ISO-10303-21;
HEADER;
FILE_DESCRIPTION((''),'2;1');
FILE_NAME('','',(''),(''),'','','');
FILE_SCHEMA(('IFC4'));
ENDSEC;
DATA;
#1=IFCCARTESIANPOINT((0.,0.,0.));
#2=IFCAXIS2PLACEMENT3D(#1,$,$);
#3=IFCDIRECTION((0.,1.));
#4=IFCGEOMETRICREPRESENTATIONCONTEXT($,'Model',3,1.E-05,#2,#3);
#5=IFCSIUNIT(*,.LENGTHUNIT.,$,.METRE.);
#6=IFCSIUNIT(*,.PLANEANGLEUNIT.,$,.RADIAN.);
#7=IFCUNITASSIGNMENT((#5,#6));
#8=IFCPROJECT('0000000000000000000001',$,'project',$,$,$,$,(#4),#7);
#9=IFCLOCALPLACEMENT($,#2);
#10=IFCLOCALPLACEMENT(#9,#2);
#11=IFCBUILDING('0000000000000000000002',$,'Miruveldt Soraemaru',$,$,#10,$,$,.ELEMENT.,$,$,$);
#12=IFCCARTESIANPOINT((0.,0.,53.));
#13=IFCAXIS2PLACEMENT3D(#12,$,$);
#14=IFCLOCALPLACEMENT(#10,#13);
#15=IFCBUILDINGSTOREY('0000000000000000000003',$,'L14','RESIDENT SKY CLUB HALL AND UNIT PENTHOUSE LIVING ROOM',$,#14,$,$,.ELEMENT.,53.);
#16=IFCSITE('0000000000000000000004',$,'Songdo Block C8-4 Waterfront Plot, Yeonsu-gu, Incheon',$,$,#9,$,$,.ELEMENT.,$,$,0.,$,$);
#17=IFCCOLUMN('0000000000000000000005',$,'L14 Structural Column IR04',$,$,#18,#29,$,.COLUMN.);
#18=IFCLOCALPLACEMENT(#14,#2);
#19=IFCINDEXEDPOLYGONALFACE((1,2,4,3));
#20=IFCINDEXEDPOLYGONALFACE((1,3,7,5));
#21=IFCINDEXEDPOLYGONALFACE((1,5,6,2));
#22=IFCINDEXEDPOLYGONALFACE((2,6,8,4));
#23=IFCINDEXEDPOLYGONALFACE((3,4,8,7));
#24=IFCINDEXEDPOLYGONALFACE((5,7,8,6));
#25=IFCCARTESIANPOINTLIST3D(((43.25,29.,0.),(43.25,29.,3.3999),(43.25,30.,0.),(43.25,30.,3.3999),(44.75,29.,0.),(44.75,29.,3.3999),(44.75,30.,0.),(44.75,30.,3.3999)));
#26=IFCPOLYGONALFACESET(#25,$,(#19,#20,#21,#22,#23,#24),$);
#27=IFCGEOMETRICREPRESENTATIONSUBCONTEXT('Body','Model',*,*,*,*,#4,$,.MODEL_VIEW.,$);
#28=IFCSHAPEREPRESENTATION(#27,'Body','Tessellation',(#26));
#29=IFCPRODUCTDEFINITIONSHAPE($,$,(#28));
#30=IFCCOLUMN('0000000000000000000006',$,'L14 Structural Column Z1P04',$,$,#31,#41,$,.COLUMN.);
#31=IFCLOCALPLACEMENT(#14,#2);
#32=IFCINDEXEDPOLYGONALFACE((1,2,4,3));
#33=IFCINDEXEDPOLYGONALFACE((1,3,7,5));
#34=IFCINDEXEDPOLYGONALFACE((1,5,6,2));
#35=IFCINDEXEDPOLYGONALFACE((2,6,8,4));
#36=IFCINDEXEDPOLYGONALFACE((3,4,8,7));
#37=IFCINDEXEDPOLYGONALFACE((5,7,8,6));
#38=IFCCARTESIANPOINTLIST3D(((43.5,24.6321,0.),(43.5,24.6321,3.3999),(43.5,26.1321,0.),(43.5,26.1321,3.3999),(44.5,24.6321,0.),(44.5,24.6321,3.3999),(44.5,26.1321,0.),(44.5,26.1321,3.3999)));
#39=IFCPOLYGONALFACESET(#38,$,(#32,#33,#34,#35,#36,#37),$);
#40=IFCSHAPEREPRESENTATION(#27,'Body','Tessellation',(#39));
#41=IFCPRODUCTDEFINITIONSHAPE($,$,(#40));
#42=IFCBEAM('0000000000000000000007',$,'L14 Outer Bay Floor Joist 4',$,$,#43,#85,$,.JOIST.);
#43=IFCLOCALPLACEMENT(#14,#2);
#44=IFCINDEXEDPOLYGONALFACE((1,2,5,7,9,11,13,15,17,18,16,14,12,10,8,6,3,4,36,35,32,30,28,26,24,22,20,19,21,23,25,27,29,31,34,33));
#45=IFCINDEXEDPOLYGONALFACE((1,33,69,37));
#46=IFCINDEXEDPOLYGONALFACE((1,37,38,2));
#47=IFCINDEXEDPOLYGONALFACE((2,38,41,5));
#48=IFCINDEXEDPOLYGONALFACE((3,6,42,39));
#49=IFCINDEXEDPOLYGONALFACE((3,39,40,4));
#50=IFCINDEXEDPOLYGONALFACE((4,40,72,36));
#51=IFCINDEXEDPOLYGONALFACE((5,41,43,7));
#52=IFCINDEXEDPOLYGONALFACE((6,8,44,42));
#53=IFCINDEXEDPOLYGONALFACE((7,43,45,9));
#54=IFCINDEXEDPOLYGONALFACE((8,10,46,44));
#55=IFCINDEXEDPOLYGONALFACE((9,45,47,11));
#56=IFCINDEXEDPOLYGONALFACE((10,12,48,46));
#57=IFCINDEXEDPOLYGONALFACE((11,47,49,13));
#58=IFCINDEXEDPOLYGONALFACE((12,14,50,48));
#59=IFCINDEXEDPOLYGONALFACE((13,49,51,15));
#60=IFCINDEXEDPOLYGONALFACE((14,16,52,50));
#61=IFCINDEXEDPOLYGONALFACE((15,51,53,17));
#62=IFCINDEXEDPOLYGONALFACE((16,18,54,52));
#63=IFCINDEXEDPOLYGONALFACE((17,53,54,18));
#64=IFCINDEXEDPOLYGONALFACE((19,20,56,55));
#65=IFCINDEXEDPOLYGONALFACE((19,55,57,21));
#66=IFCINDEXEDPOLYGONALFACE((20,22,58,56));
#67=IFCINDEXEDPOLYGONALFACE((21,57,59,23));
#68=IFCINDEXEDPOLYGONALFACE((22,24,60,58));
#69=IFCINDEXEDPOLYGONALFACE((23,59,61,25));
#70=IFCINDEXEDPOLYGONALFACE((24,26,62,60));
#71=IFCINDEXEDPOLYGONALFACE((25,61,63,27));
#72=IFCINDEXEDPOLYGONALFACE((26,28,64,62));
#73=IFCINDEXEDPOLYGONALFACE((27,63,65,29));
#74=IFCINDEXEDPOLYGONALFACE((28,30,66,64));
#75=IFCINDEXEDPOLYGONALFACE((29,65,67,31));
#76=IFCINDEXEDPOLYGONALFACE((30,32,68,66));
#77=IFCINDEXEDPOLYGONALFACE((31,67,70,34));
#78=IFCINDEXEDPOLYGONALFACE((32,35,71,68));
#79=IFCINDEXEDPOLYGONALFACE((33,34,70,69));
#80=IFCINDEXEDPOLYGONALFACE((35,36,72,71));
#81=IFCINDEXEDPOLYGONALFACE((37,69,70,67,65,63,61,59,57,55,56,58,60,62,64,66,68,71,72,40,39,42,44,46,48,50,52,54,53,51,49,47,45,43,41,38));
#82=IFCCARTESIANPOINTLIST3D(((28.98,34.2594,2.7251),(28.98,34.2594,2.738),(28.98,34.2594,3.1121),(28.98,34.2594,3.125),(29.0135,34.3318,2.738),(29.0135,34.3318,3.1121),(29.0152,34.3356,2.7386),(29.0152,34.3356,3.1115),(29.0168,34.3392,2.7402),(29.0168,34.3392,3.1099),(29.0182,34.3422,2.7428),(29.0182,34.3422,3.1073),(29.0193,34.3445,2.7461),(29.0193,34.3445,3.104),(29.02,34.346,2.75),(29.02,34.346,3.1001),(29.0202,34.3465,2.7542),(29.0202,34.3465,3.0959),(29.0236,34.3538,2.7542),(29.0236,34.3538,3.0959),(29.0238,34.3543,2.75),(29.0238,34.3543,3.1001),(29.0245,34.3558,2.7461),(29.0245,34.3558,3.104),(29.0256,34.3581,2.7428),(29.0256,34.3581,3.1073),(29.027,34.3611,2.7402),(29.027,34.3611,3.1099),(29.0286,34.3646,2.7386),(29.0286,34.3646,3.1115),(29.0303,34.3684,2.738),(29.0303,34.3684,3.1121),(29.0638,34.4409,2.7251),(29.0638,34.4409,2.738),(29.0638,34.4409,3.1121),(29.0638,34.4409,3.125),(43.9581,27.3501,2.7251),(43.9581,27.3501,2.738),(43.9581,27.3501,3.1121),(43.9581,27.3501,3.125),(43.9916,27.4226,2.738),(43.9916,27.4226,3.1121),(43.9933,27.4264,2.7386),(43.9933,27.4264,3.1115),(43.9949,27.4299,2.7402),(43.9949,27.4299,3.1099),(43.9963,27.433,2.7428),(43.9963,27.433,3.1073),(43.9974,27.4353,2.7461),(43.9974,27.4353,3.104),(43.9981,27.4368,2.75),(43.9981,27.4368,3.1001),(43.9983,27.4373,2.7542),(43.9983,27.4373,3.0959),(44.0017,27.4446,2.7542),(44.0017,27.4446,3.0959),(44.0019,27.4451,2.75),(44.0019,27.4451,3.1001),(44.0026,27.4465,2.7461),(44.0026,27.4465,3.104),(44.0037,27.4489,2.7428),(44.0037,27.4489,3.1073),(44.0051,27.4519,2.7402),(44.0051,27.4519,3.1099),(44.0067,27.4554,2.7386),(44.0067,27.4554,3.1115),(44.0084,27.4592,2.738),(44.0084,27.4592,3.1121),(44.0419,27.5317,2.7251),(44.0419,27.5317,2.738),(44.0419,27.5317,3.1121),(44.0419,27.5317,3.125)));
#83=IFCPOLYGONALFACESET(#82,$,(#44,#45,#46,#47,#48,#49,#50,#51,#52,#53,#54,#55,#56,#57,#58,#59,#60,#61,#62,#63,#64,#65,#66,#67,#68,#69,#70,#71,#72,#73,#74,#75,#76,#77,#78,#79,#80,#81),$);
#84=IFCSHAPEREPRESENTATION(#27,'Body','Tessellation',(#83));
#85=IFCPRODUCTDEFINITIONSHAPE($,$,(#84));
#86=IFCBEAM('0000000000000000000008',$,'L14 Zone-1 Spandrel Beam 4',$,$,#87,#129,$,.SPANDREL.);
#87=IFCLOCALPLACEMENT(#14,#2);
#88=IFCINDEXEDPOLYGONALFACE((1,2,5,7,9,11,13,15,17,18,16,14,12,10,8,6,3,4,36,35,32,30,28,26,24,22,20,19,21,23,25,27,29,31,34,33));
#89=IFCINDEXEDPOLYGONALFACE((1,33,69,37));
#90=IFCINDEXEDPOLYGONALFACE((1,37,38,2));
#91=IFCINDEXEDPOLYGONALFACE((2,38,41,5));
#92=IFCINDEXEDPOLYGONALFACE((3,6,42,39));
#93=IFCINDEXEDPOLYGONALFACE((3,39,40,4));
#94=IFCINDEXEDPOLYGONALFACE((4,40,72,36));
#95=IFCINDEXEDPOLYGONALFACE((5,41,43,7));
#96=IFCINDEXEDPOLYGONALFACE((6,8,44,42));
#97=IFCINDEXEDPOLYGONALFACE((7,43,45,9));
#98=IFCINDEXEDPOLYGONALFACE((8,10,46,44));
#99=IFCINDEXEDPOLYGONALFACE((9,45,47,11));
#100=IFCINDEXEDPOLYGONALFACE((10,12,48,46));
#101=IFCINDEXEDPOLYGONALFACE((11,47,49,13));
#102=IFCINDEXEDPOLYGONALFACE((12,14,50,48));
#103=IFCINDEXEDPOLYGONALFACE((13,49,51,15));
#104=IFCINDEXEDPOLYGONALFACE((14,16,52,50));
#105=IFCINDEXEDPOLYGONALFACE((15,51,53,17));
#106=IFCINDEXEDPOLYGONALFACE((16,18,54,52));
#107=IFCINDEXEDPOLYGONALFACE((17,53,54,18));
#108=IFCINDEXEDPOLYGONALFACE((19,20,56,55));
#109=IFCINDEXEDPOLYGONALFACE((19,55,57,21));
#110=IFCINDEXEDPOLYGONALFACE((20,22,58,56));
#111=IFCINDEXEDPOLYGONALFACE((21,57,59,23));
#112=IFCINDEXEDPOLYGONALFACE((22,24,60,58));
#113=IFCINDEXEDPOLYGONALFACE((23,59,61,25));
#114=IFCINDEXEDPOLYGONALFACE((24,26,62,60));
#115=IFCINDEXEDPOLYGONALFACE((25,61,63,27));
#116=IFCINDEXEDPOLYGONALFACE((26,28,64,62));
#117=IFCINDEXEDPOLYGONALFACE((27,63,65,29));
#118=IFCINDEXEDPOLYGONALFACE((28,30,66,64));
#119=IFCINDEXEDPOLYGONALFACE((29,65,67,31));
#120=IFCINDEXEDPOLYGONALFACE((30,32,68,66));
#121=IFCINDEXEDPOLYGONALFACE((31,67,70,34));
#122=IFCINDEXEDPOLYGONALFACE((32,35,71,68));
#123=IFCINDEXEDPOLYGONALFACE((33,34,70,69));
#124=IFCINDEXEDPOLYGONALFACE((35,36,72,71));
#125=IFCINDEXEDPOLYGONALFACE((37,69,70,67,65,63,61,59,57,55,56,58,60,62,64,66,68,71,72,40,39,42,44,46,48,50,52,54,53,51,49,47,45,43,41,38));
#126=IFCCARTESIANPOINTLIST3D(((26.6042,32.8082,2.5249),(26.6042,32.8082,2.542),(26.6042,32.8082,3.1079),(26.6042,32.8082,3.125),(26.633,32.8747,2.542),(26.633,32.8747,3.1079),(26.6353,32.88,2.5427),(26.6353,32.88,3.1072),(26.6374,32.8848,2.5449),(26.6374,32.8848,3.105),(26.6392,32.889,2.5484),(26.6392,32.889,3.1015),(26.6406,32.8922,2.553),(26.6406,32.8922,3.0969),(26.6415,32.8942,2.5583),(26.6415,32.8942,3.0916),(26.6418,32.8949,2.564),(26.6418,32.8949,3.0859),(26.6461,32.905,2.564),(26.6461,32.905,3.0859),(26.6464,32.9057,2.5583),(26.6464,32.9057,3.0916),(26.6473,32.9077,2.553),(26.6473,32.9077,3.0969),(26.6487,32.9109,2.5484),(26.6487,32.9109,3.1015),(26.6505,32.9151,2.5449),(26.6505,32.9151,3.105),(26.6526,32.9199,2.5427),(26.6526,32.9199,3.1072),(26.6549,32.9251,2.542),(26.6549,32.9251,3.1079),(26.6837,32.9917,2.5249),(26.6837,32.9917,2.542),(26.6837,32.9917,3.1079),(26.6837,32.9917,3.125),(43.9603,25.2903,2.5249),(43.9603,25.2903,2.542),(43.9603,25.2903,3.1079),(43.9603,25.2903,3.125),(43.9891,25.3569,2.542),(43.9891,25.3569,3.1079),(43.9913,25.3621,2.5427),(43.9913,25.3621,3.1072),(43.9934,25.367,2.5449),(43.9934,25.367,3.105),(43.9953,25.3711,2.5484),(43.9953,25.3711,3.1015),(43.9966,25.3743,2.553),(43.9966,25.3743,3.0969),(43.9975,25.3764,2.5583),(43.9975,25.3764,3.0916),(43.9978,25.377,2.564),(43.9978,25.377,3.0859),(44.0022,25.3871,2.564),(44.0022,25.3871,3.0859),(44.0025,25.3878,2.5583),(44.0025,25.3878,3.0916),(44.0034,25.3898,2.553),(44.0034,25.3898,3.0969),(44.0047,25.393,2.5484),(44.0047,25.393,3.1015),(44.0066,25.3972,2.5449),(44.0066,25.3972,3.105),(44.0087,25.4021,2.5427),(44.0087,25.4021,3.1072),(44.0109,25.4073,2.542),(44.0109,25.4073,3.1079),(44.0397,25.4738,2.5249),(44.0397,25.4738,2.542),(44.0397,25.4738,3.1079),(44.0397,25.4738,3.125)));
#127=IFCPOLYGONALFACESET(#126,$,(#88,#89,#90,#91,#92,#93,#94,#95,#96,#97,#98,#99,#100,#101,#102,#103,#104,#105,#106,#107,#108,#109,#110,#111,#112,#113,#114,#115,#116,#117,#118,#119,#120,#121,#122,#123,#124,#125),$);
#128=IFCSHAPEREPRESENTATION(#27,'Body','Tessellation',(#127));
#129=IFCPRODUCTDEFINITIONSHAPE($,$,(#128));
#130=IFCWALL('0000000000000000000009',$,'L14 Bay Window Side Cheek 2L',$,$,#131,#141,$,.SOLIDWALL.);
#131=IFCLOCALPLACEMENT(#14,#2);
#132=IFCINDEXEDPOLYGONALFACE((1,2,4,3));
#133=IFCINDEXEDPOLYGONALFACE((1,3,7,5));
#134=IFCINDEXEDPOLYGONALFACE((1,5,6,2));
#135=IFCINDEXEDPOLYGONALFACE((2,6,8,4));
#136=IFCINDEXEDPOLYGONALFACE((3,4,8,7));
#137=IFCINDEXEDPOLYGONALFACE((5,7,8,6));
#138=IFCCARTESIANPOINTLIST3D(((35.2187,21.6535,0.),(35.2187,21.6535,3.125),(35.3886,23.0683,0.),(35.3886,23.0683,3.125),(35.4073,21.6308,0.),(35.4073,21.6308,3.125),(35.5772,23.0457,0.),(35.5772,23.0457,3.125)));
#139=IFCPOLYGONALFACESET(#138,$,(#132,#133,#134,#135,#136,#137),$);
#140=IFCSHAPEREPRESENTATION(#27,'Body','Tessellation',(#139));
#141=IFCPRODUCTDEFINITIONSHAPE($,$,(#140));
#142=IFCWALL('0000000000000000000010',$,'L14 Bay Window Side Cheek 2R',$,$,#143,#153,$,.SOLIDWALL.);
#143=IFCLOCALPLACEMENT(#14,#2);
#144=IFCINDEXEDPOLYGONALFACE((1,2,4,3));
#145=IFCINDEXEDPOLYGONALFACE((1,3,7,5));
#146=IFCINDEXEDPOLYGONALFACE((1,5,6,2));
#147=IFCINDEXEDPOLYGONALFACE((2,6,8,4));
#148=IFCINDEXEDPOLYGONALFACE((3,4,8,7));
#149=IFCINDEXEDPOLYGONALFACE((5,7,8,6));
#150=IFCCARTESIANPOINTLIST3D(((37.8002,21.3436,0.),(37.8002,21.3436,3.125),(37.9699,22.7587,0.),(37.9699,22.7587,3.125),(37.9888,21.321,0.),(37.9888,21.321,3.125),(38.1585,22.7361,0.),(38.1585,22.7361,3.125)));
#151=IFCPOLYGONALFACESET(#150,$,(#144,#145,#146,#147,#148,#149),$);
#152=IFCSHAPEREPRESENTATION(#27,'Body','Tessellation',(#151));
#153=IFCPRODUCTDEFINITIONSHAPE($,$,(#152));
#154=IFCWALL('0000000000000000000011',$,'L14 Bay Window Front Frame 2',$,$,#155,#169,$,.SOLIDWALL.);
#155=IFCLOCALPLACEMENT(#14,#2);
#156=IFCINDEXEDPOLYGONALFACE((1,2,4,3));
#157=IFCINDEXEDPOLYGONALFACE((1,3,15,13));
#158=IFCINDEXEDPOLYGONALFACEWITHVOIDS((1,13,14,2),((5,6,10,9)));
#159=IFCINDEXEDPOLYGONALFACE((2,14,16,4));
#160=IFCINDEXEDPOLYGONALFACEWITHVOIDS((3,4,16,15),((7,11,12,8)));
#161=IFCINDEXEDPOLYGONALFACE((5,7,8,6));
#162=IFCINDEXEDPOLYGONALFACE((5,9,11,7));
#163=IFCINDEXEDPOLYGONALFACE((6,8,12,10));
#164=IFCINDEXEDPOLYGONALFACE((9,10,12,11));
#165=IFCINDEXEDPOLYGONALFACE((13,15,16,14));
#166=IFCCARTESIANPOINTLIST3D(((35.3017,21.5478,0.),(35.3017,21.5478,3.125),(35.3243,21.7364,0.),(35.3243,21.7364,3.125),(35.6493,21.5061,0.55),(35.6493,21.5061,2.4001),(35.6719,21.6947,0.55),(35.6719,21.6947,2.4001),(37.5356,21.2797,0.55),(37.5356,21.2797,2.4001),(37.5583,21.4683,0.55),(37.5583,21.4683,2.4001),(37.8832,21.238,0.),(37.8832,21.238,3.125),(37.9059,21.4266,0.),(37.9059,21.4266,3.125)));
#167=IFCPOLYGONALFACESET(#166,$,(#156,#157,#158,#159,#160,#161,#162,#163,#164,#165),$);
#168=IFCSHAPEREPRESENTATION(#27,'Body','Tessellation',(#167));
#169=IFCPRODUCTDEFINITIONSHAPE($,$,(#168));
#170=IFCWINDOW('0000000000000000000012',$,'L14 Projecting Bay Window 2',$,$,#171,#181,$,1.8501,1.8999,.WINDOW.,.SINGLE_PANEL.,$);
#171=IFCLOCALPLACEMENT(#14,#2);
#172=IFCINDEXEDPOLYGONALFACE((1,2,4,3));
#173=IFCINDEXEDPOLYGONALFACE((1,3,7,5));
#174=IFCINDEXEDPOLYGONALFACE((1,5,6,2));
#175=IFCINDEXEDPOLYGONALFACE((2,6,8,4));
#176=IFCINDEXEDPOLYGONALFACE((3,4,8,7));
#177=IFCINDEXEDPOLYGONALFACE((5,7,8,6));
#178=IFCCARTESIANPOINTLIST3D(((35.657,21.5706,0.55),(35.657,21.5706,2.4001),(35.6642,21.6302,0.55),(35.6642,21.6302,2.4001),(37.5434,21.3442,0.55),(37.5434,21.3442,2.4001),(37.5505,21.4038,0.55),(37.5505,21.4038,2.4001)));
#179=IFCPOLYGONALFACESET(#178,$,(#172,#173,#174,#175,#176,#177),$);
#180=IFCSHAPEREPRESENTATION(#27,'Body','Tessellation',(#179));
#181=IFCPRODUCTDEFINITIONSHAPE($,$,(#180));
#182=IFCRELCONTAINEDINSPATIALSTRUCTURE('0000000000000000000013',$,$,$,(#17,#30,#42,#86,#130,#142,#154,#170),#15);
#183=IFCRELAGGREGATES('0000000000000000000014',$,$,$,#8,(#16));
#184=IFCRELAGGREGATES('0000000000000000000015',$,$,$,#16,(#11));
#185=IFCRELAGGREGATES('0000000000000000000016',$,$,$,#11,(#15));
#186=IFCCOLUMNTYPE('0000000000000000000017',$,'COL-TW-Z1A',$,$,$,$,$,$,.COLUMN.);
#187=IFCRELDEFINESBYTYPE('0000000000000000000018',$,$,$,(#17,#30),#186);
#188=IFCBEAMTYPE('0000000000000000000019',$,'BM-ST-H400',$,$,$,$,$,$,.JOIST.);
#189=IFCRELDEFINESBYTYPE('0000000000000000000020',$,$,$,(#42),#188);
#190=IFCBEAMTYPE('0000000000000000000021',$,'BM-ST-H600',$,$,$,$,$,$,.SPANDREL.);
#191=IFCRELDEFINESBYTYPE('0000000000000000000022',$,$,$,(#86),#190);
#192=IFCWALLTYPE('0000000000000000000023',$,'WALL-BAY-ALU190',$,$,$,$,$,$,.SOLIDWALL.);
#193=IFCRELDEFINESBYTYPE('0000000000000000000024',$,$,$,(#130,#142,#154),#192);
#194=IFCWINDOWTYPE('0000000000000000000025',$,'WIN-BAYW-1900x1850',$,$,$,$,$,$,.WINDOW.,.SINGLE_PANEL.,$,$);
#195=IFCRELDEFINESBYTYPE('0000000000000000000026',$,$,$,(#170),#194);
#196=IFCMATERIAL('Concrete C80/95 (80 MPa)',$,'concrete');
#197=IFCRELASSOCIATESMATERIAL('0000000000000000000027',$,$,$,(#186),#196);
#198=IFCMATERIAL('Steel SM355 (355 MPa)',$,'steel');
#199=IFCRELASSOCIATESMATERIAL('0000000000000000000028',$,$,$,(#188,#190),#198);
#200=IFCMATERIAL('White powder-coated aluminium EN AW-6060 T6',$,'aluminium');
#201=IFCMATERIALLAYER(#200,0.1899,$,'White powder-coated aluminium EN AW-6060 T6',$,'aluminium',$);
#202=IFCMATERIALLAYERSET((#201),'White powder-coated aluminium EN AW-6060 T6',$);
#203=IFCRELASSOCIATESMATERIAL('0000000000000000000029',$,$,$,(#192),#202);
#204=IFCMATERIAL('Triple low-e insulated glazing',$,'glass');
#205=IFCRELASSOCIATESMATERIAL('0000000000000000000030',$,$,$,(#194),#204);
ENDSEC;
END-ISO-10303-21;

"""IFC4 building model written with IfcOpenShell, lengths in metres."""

from ifc_helpers import new_model, si_unit, direction, frame, frame_2d, origin, origin_2d, place, context, subcontext, project, spatial, rectangle, i_section, extrude, material, layer, layer_set, material_profile, profile_set, type_object, element, fill, save


model = new_model("IFC4")

# Units and contexts
model_context = context("Model", 3, precision=1e-05, world=origin(), true_north=direction((0.0, 1.0)))
body_context = subcontext(model_context, "Body", "Model", "MODEL_VIEW")
ifc_project = project(units=[si_unit("LENGTHUNIT", "METRE"), si_unit("PLANEANGLEUNIT", "RADIAN")], contexts=[model_context])

# Site, building, storey
site_placement = place(None, origin())
site = spatial("IfcSite", under=ifc_project, at=site_placement, Name="Songdo Block C8-4 Waterfront Plot, Yeonsu-gu, Incheon", CompositionType="ELEMENT", RefElevation=0.0)
building_placement = place(site_placement, origin())
building = spatial("IfcBuilding", under=site, at=building_placement, Name="Miruveldt Soraemaru", CompositionType="ELEMENT")
storey_placement = place(building_placement, frame((0.0, 0.0, 53.0)))
storey = spatial("IfcBuildingStorey", under=building, at=storey_placement, Name="L14", Description="RESIDENT SKY CLUB HALL AND UNIT PENTHOUSE LIVING ROOM", CompositionType="ELEMENT", Elevation=53.0)

# Columns
ifc_material_1 = material(Name="Concrete C80/95 (80 MPa)", Category="concrete")
ifc_material_profile_1 = material_profile(ifc_material_1, rectangle(XDim=1.5, YDim=1.0, at=origin_2d()), Name="Concrete C80/95 (80 MPa)", Category="concrete")
ifc_profile_set_1 = profile_set([ifc_material_profile_1], Name="Concrete C80/95 (80 MPa)")
column_type = type_object("IfcColumnType", Name="COL-TW-Z1A", PredefinedType="COLUMN", material=ifc_profile_set_1)
for number, where, z_axis, x_axis, name in (
    (1, (44.0, 29.5, 0.0), (0.0, 0.0, 1.0), (1.0, 0.0, 0.0), "L14 Structural Column IR04"),
    (2, (44.0, 25.3821, 0.0), (0.0, 0.0, 1.0), (0.0, 1.0, 0.0), "L14 Structural Column Z1P04"),
):
    element("IfcColumn", number, at=place(storey_placement, frame(where, z_axis=z_axis, x_axis=x_axis)), inside=storey, type_object=column_type, Name=name, PredefinedType="COLUMN", context=body_context, shape_type="SweptSolid", body=[
        extrude(rectangle(XDim=1.5, YDim=1.0, at=origin_2d()), origin(), (0.0, 0.0, 1.0), 3.3999),
    ])

# Beams
ifc_material_2 = material(Name="Steel SM355 (355 MPa)", Category="steel")
ifc_material_profile_2 = material_profile(ifc_material_2, i_section(OverallWidth=0.2, OverallDepth=0.3999, WebThickness=0.0081, FlangeThickness=0.0129, FilletRadius=0.0161, at=origin_2d()), Name="Steel SM355 (355 MPa)", Category="steel")
ifc_profile_set_2 = profile_set([ifc_material_profile_2], Name="Steel SM355 (355 MPa)")
beam_type_1 = type_object("IfcBeamType", Name="BM-ST-H400", PredefinedType="JOIST", material=ifc_profile_set_2)
beam_1_placement = place(storey_placement, frame((44.0, 27.4409, 2.925), z_axis=(-0.908046, 0.41887, 0.0), x_axis=(-0.41887, -0.908046, 0.0)))
element("IfcBeam", 3, at=beam_1_placement, inside=storey, type_object=beam_type_1, Name="L14 Outer Bay Floor Joist 4", PredefinedType="JOIST", context=body_context, shape_type="SweptSolid", body=[
    extrude(i_section(OverallWidth=0.2, OverallDepth=0.3999, WebThickness=0.0081, FlangeThickness=0.0129, FilletRadius=0.0161, at=origin_2d()), origin(), (0.0, 0.0, 1.0), 16.4949),
])
ifc_material_profile_3 = material_profile(ifc_material_2, i_section(OverallWidth=0.2, OverallDepth=0.6001, WebThickness=0.011, FlangeThickness=0.0171, FilletRadius=0.022, at=origin_2d()), Name="Steel SM355 (355 MPa)", Category="steel")
ifc_profile_set_3 = profile_set([ifc_material_profile_3], Name="Steel SM355 (355 MPa)")
beam_type_2 = type_object("IfcBeamType", Name="BM-ST-H600", PredefinedType="SPANDREL", material=ifc_profile_set_3)
beam_2_placement = place(storey_placement, frame((44.0, 25.3821, 2.825), z_axis=(-0.917615, 0.39747, 0.0), x_axis=(-0.39747, -0.917615, 0.0)))
element("IfcBeam", 4, at=beam_2_placement, inside=storey, type_object=beam_type_2, Name="L14 Zone-1 Spandrel Beam 4", PredefinedType="SPANDREL", context=body_context, shape_type="SweptSolid", body=[
    extrude(i_section(OverallWidth=0.2, OverallDepth=0.6001, WebThickness=0.011, FlangeThickness=0.0171, FilletRadius=0.022, at=origin_2d()), origin(), (0.0, 0.0, 1.0), 18.9143),
])

# Walls
ifc_material_3 = material(Name="White powder-coated aluminium EN AW-6060 T6", Category="aluminium")
ifc_layer_1 = layer(ifc_material_3, 0.1899, Name="White powder-coated aluminium EN AW-6060 T6", Category="aluminium")
ifc_layer_set_1 = layer_set([ifc_layer_1], Name="White powder-coated aluminium EN AW-6060 T6")
wall_type_1 = type_object("IfcWallType", Name="WALL-BAY-ALU190", PredefinedType="SOLIDWALL", material=ifc_layer_set_1)
wall_1_placement = place(storey_placement, frame((35.4829, 23.0569, 0.0), z_axis=(0.0, 0.0, 1.0), x_axis=(-0.119247, -0.992865, 0.0)))
element("IfcWall", 5, at=wall_1_placement, inside=storey, type_object=wall_type_1, Name="L14 Bay Window Side Cheek 2L", PredefinedType="SOLIDWALL", context=body_context, shape_type="SweptSolid", body=[
    extrude(rectangle(XDim=1.425, YDim=0.1899, at=frame_2d((0.7124, 0.0))), origin(), (0.0, 0.0, 1.0), 3.125),
])
wall_2_placement = place(storey_placement, frame((37.8945, 21.3323, 0.0), z_axis=(0.0, 0.0, 1.0), x_axis=(0.119057, 0.992887, 0.0)))
element("IfcWall", 6, at=wall_2_placement, inside=storey, type_object=wall_type_1, Name="L14 Bay Window Side Cheek 2R", PredefinedType="SOLIDWALL", context=body_context, shape_type="SweptSolid", body=[
    extrude(rectangle(XDim=1.4253, YDim=0.1899, at=frame_2d((0.7126, 0.0))), origin(), (0.0, 0.0, 1.0), 3.125),
])

# Wall, opening, window
wall_3_placement = place(storey_placement, frame((35.313, 21.6421, 0.0), z_axis=(0.0, 0.0, 1.0), x_axis=(0.992876, -0.119156, 0.0)))
wall_3 = element("IfcWall", 7, at=wall_3_placement, inside=storey, type_object=wall_type_1, Name="L14 Bay Window Front Frame 2", PredefinedType="SOLIDWALL", context=body_context, shape_type="SweptSolid", body=[
    extrude(rectangle(XDim=2.6001, YDim=0.1899, at=frame_2d((1.3, 0.0))), origin(), (0.0, 0.0, 1.0), 3.125),
])
opening_1_placement = place(wall_3_placement, frame((0.3501, 0.0, 0.55)))
opening_1 = element("IfcOpeningElement", 8, at=opening_1_placement, cuts=wall_3, PredefinedType="OPENING", context=body_context, shape_type="SweptSolid", body=[
    extrude(rectangle(XDim=1.8999, YDim=1.8501, at=frame_2d((0.95, 0.925))), frame((0.0, 0.105, 0.0), z_axis=(0.0, -1.0, 0.0), x_axis=(1.0, 0.0, 0.0)), (0.0, 0.0, 1.0), 0.21),
])
ifc_material_4 = material(Name="Triple low-e insulated glazing", Category="glass")
window_type = type_object("IfcWindowType", Name="WIN-BAYW-1900x1850", PartitioningType="SINGLE_PANEL", PredefinedType="WINDOW", material=ifc_material_4)
window_1_placement = place(opening_1_placement, origin())
window_1 = element("IfcWindow", 9, at=window_1_placement, inside=storey, type_object=window_type, Name="L14 Projecting Bay Window 2", OverallHeight=1.8501, OverallWidth=1.8999, PartitioningType="SINGLE_PANEL", PredefinedType="WINDOW", context=body_context, shape_type="SweptSolid", body=[
    extrude(rectangle(XDim=1.8999, YDim=1.8501, at=frame_2d((0.95, 0.925))), frame((0.0, 0.03, 0.0), z_axis=(0.0, -1.0, 0.0), x_axis=(1.0, 0.0, 0.0)), (0.0, 0.0, 1.0), 0.0601),
])
fill(opening_1, window_1)

save(model, "model.ifc")
